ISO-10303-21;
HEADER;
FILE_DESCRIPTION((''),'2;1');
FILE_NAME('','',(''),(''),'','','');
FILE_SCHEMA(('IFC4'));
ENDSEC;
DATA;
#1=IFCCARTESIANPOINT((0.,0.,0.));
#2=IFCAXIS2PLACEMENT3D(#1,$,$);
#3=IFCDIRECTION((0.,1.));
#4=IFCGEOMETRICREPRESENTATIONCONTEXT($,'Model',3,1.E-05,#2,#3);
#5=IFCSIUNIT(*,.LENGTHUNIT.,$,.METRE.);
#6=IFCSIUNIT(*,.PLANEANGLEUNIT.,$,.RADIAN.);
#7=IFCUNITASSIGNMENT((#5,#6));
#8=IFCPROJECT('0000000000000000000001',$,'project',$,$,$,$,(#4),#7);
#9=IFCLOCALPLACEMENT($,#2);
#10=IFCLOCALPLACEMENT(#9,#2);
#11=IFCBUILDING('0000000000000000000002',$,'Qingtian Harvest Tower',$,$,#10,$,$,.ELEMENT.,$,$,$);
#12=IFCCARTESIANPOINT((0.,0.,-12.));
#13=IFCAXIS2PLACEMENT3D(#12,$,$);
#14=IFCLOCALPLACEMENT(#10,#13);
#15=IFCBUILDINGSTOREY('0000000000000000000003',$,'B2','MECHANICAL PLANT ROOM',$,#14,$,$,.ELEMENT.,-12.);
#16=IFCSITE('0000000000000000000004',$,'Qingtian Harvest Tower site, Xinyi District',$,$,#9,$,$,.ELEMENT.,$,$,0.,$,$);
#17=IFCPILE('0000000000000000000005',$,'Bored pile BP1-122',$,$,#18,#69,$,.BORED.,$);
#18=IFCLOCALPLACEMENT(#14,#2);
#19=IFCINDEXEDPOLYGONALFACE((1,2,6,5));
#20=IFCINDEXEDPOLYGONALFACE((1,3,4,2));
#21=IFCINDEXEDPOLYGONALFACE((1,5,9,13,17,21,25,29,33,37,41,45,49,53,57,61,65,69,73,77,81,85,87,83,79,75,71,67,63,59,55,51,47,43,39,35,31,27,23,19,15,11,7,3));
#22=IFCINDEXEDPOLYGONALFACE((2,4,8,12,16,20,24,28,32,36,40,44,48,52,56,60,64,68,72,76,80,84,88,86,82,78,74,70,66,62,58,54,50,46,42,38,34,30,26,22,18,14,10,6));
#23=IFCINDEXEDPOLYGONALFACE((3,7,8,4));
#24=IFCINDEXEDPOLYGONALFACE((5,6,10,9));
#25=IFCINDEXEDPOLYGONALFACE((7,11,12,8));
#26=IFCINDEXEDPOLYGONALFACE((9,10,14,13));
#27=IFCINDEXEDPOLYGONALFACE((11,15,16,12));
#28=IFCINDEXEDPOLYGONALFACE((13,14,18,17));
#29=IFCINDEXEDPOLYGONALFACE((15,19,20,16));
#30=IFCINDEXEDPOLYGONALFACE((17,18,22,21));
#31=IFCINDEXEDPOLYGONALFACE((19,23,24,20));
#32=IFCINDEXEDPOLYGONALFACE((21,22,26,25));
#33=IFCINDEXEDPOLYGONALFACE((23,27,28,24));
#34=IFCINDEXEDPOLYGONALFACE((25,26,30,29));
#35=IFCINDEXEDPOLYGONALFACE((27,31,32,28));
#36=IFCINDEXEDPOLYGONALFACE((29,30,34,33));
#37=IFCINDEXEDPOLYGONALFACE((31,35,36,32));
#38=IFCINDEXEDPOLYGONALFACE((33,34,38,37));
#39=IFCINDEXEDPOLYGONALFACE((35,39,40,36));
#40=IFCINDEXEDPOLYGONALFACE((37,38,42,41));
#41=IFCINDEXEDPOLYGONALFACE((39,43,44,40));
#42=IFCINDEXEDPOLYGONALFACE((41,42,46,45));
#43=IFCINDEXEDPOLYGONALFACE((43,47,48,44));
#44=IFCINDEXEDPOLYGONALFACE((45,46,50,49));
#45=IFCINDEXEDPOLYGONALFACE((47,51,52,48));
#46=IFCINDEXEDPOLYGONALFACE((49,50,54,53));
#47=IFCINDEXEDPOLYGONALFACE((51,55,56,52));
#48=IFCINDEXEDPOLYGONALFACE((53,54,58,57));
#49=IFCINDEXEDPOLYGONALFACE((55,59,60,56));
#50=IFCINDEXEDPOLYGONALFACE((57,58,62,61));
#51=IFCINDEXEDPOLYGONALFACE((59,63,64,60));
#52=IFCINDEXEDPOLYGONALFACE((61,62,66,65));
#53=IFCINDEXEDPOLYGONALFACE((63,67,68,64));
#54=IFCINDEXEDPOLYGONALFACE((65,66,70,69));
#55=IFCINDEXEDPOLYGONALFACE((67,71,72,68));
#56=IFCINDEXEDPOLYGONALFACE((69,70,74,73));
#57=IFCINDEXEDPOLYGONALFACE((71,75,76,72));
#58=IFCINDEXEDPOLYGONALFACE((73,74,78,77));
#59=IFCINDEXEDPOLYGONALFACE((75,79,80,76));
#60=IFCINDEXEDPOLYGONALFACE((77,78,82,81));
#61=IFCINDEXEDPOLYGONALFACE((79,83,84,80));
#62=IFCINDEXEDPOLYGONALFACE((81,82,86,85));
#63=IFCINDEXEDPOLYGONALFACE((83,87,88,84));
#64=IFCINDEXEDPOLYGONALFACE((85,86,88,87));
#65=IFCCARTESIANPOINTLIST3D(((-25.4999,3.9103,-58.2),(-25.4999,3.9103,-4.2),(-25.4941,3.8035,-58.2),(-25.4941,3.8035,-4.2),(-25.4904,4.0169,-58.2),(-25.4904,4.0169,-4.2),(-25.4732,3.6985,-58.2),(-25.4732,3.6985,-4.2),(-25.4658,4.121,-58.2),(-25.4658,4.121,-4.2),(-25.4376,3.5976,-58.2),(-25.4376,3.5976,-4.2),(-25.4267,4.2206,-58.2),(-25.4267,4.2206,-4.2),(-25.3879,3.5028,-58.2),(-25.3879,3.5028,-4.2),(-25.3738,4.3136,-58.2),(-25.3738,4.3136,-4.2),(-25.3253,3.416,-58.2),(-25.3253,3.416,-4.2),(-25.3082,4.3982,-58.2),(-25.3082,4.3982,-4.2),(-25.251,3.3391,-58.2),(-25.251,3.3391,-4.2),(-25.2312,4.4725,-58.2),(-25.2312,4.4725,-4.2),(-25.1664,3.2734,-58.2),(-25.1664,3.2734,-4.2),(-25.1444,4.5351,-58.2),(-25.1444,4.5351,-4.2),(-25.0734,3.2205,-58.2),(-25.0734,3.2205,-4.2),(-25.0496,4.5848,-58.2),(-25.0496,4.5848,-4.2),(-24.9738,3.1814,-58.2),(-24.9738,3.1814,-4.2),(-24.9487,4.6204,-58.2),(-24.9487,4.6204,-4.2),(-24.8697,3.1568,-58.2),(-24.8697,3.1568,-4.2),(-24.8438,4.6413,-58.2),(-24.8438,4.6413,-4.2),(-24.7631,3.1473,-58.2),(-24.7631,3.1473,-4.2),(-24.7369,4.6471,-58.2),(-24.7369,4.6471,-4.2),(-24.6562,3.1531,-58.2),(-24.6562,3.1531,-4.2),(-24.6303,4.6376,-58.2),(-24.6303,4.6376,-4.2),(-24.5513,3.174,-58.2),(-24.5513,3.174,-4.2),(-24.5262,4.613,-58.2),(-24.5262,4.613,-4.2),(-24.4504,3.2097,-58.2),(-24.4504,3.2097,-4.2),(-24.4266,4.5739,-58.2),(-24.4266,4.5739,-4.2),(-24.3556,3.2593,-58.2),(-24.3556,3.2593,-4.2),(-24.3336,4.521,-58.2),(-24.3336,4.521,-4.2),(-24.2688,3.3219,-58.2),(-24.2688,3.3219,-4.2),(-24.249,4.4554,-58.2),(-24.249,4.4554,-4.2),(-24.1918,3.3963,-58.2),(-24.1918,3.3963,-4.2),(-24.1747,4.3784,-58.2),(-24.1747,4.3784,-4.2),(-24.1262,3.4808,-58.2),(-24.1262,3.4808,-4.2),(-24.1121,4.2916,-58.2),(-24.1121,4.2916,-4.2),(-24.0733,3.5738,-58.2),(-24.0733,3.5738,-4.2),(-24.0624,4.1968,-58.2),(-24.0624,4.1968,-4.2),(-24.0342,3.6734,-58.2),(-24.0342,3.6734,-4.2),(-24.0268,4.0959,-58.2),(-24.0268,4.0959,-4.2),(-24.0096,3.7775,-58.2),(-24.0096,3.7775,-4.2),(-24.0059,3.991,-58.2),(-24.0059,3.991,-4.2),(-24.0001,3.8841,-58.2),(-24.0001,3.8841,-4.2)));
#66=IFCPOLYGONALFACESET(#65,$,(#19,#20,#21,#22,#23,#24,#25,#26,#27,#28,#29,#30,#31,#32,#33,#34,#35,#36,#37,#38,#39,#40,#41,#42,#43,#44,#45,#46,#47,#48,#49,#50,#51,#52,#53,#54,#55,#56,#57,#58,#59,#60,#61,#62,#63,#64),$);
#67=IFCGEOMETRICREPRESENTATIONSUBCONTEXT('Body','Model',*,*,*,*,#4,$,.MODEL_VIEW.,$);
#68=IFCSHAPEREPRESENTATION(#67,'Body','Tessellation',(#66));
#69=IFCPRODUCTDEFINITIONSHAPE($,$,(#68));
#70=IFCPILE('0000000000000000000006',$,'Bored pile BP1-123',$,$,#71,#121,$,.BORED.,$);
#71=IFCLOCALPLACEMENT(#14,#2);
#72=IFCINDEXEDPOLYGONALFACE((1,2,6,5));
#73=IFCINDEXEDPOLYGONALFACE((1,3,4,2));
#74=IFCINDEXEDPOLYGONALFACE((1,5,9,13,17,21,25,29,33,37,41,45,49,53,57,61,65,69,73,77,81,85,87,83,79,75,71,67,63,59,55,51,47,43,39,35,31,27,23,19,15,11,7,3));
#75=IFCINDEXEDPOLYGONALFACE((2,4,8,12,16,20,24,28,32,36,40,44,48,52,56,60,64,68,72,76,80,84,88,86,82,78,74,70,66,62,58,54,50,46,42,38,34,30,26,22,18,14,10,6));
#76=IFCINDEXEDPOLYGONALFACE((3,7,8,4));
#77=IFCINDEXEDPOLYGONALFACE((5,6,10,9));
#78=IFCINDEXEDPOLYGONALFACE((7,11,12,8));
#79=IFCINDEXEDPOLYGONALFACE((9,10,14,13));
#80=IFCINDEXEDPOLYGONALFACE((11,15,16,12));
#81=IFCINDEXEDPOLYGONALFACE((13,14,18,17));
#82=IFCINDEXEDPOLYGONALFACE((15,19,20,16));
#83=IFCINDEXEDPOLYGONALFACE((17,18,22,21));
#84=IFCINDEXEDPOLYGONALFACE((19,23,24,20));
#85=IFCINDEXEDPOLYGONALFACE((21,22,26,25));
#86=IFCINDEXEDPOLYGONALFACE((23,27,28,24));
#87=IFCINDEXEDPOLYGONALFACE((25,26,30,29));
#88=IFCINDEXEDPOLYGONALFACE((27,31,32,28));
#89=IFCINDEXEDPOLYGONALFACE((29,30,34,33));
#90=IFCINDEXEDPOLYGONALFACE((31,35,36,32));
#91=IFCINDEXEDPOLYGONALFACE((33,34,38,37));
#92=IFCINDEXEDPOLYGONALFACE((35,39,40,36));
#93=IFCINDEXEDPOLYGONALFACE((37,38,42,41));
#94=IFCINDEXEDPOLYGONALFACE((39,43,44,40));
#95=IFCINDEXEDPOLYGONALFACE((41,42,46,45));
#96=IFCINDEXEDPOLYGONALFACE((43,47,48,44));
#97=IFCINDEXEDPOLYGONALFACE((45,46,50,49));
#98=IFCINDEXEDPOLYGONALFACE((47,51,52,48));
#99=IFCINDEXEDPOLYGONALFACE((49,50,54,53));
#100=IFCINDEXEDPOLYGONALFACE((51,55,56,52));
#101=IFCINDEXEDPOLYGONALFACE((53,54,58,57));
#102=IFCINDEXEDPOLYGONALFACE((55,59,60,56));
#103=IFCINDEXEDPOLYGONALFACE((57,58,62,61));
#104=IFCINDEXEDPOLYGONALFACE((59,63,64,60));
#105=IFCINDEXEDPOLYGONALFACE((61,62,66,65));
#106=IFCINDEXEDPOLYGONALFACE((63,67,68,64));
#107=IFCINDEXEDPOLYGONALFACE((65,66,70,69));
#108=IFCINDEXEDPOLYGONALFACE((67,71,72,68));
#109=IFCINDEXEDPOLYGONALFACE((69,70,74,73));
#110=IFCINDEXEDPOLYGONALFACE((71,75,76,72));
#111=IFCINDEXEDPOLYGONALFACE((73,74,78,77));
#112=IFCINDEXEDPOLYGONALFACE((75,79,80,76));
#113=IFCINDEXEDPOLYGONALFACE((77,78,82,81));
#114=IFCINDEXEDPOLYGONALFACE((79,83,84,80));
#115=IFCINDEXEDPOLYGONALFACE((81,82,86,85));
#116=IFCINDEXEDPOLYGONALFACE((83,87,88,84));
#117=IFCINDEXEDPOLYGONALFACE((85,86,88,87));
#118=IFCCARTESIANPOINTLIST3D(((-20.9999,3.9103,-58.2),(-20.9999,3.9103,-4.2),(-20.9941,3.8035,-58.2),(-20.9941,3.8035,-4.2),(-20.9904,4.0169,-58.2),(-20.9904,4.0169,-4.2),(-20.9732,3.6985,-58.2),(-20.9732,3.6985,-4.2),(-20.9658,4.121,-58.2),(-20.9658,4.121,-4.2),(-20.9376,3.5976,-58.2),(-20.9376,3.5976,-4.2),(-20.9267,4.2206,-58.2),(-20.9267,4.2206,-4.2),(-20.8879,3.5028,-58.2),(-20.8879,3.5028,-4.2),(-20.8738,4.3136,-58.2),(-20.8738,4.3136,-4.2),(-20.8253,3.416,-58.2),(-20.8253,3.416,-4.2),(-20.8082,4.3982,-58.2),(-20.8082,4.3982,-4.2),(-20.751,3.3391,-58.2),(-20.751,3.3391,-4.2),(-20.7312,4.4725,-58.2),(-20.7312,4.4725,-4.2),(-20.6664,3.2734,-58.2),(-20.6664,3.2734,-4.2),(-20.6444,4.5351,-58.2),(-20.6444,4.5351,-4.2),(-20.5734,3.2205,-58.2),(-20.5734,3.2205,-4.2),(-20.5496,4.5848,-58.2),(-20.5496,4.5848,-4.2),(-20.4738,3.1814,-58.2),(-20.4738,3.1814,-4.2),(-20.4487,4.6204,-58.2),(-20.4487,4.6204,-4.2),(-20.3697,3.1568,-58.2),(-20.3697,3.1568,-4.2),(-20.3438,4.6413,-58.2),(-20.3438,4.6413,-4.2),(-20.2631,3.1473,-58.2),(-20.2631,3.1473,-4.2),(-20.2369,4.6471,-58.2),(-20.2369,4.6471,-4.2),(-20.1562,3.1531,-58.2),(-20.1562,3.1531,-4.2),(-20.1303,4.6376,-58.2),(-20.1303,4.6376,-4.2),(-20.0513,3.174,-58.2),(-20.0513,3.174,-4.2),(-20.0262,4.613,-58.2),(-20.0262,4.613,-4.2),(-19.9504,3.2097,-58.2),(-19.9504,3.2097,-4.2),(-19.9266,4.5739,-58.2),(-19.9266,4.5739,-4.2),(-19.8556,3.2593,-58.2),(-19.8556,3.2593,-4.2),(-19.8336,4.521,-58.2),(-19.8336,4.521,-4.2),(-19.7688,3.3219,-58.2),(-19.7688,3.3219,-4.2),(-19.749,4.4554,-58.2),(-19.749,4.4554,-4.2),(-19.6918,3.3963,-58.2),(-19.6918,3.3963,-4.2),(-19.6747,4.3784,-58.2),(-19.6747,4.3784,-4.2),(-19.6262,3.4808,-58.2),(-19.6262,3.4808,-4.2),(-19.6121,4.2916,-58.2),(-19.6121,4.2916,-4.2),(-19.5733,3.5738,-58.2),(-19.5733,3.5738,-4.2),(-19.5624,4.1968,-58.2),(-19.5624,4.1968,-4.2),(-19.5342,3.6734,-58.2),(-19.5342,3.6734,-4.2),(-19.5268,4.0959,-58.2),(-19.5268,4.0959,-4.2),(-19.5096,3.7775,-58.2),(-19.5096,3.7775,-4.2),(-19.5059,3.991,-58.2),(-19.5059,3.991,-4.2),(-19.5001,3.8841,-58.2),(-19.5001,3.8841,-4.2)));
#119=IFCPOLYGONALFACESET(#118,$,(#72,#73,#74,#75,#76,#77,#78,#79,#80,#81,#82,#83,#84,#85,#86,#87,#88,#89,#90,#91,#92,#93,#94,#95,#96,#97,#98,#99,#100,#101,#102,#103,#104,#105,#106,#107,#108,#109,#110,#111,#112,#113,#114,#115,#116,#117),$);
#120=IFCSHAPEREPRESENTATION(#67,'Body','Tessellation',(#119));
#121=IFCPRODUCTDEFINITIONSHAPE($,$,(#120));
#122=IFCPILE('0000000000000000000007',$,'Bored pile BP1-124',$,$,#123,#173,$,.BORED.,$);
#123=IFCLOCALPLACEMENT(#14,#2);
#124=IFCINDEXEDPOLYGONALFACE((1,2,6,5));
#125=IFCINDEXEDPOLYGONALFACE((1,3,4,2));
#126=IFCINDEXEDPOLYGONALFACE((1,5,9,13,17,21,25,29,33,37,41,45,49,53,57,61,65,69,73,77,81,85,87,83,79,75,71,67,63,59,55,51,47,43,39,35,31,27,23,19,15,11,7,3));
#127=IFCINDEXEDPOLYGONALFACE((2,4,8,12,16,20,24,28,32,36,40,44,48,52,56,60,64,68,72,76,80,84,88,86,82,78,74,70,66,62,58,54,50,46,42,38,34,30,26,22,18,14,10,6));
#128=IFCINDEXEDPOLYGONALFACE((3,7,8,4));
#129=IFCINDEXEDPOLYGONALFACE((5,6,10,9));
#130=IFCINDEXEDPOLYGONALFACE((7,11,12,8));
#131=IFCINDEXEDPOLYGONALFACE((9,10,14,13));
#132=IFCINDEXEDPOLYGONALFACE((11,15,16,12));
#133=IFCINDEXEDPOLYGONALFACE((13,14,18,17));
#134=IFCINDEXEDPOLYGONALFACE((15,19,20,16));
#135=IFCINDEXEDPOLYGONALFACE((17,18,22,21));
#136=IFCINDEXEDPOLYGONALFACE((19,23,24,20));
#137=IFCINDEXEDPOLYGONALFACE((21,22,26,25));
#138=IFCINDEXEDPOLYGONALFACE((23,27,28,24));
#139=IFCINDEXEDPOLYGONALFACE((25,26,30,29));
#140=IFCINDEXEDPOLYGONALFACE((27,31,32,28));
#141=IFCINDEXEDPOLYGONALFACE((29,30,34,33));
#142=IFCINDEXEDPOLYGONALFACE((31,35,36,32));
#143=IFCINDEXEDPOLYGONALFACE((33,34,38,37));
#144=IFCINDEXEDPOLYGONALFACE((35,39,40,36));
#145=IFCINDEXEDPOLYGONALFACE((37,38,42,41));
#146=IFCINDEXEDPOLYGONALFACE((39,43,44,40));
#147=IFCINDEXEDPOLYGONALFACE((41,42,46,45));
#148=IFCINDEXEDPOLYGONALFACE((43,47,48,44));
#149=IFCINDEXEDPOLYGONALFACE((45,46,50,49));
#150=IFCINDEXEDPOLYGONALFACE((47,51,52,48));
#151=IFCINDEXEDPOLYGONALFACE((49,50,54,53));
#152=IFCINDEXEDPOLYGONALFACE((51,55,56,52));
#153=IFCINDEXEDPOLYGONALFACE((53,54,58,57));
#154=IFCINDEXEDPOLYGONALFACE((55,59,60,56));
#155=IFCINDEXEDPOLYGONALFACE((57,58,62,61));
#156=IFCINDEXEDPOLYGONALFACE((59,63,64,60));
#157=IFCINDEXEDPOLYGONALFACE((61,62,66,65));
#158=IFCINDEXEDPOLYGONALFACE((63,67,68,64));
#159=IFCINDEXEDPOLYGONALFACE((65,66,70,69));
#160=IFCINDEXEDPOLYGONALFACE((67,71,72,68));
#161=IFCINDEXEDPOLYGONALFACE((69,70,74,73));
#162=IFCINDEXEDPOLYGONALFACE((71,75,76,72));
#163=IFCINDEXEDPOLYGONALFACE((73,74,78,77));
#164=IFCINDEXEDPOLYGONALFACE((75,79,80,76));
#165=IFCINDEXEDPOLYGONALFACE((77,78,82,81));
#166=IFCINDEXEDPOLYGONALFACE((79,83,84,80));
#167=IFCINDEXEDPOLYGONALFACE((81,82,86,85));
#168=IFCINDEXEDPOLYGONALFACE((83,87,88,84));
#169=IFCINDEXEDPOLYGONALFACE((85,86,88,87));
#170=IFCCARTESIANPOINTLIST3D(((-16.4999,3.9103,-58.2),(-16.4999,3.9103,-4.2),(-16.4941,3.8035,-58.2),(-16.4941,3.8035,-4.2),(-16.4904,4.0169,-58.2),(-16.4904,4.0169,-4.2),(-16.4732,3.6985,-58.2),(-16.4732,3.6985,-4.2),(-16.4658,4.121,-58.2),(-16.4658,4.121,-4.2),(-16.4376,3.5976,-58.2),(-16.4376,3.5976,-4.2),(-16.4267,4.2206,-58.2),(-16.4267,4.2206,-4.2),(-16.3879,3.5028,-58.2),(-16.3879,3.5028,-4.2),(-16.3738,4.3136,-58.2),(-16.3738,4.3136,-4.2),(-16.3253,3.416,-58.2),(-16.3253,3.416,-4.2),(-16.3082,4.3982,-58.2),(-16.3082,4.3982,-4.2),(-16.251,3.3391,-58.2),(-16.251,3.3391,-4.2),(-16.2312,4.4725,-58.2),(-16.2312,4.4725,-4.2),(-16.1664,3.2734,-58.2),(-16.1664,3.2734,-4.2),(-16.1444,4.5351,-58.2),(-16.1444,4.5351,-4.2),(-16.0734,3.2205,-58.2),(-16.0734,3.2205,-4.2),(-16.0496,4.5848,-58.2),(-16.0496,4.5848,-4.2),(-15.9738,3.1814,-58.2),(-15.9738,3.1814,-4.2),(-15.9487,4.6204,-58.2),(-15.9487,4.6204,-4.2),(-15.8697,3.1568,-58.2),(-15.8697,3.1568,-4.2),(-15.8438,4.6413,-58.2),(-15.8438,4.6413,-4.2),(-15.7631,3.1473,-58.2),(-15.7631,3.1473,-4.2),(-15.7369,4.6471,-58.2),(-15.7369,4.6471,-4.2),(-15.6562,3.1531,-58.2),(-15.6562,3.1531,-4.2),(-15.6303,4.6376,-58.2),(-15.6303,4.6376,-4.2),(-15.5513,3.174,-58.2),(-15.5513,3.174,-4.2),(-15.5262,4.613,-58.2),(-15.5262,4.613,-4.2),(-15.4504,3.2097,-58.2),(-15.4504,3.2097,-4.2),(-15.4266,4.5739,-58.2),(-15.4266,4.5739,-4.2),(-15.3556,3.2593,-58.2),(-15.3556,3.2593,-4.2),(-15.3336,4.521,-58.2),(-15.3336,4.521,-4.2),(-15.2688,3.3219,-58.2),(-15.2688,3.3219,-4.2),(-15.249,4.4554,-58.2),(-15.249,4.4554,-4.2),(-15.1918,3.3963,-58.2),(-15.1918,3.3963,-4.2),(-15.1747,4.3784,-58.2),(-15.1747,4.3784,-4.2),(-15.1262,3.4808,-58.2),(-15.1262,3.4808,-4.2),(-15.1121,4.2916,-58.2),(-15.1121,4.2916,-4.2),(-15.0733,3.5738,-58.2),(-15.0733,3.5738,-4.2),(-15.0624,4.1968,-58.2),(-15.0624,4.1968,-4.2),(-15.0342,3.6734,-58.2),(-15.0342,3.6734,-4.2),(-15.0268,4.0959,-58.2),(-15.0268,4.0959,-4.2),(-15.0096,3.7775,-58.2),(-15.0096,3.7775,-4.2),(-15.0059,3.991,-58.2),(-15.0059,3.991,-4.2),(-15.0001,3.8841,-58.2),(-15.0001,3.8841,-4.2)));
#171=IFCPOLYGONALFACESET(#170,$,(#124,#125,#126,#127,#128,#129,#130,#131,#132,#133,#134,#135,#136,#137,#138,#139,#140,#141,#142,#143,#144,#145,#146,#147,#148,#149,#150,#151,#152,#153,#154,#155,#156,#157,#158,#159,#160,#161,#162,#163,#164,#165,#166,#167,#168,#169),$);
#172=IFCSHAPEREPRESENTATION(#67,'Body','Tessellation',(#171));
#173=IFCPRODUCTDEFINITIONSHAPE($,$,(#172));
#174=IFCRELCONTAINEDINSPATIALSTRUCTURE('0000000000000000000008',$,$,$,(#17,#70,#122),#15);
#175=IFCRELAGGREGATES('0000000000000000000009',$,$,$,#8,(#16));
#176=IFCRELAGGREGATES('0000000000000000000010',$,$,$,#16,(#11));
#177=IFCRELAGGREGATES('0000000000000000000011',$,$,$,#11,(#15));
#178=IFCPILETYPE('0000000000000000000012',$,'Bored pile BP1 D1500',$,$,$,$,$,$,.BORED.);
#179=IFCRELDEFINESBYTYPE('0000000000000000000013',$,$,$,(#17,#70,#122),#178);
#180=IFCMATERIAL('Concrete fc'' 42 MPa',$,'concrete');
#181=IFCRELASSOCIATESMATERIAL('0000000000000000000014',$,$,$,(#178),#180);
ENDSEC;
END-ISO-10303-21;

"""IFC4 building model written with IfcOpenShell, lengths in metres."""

from ifc_helpers import new_model, si_unit, direction, frame, frame_2d, origin, place, context, subcontext, project, spatial, circle, extrude, material, material_profile, profile_set, type_object, element, save


model = new_model("IFC4")

# Units and contexts
model_context = context("Model", 3, precision=1e-05, world=origin(), true_north=direction((0.0, 1.0)))
body_context = subcontext(model_context, "Body", "Model", "MODEL_VIEW")
ifc_project = project(units=[si_unit("LENGTHUNIT", "METRE"), si_unit("PLANEANGLEUNIT", "RADIAN")], contexts=[model_context])

# Site, building, storey
site_placement = place(None, origin())
site = spatial("IfcSite", under=ifc_project, at=site_placement, Name="Qingtian Harvest Tower site, Xinyi District", CompositionType="ELEMENT", RefElevation=0.0)
building_placement = place(site_placement, origin())
building = spatial("IfcBuilding", under=site, at=building_placement, Name="Qingtian Harvest Tower", CompositionType="ELEMENT")
storey_placement = place(building_placement, frame((0.0, 0.0, -12.0)))
storey = spatial("IfcBuildingStorey", under=building, at=storey_placement, Name="B2", Description="MECHANICAL PLANT ROOM", CompositionType="ELEMENT", Elevation=-12.0)

# Piles
ifc_material_1 = material(Name="Concrete fc' 42 MPa", Category="concrete")
ifc_material_profile_1 = material_profile(ifc_material_1, circle(Radius=0.75, at=frame_2d((0.0, 0.0), x_axis=(0.999848, 0.017452))), Name="Bored pile BP1 D1500")
ifc_profile_set_1 = profile_set([ifc_material_profile_1], Name="Concrete fc' 42 MPa")
pile_type = type_object("IfcPileType", Name="Bored pile BP1 D1500", PredefinedType="BORED", material=ifc_profile_set_1)
for number, where, z_axis, x_axis, name in (
    (1, (-24.75, 3.8972, -4.2), (0.0, 0.0, -1.0), (1.0, 0.0, 0.0), "Bored pile BP1-122"),
    (2, (-20.25, 3.8972, -4.2), (0.0, 0.0, -1.0), (1.0, 0.0, 0.0), "Bored pile BP1-123"),
    (3, (-15.75, 3.8972, -4.2), (0.0, 0.0, -1.0), (1.0, 0.0, 0.0), "Bored pile BP1-124"),
):
    element("IfcPile", number, at=place(storey_placement, frame(where, z_axis=z_axis, x_axis=x_axis)), inside=storey, type_object=pile_type, Name=name, PredefinedType="BORED", context=body_context, shape_type="SweptSolid", body=[
        extrude(circle(Radius=0.75, at=frame_2d((0.0, 0.0), x_axis=(0.999848, 0.017452))), origin(), (0.0, 0.0, 1.0), 54.0),
    ])

save(model, "model.ifc")
